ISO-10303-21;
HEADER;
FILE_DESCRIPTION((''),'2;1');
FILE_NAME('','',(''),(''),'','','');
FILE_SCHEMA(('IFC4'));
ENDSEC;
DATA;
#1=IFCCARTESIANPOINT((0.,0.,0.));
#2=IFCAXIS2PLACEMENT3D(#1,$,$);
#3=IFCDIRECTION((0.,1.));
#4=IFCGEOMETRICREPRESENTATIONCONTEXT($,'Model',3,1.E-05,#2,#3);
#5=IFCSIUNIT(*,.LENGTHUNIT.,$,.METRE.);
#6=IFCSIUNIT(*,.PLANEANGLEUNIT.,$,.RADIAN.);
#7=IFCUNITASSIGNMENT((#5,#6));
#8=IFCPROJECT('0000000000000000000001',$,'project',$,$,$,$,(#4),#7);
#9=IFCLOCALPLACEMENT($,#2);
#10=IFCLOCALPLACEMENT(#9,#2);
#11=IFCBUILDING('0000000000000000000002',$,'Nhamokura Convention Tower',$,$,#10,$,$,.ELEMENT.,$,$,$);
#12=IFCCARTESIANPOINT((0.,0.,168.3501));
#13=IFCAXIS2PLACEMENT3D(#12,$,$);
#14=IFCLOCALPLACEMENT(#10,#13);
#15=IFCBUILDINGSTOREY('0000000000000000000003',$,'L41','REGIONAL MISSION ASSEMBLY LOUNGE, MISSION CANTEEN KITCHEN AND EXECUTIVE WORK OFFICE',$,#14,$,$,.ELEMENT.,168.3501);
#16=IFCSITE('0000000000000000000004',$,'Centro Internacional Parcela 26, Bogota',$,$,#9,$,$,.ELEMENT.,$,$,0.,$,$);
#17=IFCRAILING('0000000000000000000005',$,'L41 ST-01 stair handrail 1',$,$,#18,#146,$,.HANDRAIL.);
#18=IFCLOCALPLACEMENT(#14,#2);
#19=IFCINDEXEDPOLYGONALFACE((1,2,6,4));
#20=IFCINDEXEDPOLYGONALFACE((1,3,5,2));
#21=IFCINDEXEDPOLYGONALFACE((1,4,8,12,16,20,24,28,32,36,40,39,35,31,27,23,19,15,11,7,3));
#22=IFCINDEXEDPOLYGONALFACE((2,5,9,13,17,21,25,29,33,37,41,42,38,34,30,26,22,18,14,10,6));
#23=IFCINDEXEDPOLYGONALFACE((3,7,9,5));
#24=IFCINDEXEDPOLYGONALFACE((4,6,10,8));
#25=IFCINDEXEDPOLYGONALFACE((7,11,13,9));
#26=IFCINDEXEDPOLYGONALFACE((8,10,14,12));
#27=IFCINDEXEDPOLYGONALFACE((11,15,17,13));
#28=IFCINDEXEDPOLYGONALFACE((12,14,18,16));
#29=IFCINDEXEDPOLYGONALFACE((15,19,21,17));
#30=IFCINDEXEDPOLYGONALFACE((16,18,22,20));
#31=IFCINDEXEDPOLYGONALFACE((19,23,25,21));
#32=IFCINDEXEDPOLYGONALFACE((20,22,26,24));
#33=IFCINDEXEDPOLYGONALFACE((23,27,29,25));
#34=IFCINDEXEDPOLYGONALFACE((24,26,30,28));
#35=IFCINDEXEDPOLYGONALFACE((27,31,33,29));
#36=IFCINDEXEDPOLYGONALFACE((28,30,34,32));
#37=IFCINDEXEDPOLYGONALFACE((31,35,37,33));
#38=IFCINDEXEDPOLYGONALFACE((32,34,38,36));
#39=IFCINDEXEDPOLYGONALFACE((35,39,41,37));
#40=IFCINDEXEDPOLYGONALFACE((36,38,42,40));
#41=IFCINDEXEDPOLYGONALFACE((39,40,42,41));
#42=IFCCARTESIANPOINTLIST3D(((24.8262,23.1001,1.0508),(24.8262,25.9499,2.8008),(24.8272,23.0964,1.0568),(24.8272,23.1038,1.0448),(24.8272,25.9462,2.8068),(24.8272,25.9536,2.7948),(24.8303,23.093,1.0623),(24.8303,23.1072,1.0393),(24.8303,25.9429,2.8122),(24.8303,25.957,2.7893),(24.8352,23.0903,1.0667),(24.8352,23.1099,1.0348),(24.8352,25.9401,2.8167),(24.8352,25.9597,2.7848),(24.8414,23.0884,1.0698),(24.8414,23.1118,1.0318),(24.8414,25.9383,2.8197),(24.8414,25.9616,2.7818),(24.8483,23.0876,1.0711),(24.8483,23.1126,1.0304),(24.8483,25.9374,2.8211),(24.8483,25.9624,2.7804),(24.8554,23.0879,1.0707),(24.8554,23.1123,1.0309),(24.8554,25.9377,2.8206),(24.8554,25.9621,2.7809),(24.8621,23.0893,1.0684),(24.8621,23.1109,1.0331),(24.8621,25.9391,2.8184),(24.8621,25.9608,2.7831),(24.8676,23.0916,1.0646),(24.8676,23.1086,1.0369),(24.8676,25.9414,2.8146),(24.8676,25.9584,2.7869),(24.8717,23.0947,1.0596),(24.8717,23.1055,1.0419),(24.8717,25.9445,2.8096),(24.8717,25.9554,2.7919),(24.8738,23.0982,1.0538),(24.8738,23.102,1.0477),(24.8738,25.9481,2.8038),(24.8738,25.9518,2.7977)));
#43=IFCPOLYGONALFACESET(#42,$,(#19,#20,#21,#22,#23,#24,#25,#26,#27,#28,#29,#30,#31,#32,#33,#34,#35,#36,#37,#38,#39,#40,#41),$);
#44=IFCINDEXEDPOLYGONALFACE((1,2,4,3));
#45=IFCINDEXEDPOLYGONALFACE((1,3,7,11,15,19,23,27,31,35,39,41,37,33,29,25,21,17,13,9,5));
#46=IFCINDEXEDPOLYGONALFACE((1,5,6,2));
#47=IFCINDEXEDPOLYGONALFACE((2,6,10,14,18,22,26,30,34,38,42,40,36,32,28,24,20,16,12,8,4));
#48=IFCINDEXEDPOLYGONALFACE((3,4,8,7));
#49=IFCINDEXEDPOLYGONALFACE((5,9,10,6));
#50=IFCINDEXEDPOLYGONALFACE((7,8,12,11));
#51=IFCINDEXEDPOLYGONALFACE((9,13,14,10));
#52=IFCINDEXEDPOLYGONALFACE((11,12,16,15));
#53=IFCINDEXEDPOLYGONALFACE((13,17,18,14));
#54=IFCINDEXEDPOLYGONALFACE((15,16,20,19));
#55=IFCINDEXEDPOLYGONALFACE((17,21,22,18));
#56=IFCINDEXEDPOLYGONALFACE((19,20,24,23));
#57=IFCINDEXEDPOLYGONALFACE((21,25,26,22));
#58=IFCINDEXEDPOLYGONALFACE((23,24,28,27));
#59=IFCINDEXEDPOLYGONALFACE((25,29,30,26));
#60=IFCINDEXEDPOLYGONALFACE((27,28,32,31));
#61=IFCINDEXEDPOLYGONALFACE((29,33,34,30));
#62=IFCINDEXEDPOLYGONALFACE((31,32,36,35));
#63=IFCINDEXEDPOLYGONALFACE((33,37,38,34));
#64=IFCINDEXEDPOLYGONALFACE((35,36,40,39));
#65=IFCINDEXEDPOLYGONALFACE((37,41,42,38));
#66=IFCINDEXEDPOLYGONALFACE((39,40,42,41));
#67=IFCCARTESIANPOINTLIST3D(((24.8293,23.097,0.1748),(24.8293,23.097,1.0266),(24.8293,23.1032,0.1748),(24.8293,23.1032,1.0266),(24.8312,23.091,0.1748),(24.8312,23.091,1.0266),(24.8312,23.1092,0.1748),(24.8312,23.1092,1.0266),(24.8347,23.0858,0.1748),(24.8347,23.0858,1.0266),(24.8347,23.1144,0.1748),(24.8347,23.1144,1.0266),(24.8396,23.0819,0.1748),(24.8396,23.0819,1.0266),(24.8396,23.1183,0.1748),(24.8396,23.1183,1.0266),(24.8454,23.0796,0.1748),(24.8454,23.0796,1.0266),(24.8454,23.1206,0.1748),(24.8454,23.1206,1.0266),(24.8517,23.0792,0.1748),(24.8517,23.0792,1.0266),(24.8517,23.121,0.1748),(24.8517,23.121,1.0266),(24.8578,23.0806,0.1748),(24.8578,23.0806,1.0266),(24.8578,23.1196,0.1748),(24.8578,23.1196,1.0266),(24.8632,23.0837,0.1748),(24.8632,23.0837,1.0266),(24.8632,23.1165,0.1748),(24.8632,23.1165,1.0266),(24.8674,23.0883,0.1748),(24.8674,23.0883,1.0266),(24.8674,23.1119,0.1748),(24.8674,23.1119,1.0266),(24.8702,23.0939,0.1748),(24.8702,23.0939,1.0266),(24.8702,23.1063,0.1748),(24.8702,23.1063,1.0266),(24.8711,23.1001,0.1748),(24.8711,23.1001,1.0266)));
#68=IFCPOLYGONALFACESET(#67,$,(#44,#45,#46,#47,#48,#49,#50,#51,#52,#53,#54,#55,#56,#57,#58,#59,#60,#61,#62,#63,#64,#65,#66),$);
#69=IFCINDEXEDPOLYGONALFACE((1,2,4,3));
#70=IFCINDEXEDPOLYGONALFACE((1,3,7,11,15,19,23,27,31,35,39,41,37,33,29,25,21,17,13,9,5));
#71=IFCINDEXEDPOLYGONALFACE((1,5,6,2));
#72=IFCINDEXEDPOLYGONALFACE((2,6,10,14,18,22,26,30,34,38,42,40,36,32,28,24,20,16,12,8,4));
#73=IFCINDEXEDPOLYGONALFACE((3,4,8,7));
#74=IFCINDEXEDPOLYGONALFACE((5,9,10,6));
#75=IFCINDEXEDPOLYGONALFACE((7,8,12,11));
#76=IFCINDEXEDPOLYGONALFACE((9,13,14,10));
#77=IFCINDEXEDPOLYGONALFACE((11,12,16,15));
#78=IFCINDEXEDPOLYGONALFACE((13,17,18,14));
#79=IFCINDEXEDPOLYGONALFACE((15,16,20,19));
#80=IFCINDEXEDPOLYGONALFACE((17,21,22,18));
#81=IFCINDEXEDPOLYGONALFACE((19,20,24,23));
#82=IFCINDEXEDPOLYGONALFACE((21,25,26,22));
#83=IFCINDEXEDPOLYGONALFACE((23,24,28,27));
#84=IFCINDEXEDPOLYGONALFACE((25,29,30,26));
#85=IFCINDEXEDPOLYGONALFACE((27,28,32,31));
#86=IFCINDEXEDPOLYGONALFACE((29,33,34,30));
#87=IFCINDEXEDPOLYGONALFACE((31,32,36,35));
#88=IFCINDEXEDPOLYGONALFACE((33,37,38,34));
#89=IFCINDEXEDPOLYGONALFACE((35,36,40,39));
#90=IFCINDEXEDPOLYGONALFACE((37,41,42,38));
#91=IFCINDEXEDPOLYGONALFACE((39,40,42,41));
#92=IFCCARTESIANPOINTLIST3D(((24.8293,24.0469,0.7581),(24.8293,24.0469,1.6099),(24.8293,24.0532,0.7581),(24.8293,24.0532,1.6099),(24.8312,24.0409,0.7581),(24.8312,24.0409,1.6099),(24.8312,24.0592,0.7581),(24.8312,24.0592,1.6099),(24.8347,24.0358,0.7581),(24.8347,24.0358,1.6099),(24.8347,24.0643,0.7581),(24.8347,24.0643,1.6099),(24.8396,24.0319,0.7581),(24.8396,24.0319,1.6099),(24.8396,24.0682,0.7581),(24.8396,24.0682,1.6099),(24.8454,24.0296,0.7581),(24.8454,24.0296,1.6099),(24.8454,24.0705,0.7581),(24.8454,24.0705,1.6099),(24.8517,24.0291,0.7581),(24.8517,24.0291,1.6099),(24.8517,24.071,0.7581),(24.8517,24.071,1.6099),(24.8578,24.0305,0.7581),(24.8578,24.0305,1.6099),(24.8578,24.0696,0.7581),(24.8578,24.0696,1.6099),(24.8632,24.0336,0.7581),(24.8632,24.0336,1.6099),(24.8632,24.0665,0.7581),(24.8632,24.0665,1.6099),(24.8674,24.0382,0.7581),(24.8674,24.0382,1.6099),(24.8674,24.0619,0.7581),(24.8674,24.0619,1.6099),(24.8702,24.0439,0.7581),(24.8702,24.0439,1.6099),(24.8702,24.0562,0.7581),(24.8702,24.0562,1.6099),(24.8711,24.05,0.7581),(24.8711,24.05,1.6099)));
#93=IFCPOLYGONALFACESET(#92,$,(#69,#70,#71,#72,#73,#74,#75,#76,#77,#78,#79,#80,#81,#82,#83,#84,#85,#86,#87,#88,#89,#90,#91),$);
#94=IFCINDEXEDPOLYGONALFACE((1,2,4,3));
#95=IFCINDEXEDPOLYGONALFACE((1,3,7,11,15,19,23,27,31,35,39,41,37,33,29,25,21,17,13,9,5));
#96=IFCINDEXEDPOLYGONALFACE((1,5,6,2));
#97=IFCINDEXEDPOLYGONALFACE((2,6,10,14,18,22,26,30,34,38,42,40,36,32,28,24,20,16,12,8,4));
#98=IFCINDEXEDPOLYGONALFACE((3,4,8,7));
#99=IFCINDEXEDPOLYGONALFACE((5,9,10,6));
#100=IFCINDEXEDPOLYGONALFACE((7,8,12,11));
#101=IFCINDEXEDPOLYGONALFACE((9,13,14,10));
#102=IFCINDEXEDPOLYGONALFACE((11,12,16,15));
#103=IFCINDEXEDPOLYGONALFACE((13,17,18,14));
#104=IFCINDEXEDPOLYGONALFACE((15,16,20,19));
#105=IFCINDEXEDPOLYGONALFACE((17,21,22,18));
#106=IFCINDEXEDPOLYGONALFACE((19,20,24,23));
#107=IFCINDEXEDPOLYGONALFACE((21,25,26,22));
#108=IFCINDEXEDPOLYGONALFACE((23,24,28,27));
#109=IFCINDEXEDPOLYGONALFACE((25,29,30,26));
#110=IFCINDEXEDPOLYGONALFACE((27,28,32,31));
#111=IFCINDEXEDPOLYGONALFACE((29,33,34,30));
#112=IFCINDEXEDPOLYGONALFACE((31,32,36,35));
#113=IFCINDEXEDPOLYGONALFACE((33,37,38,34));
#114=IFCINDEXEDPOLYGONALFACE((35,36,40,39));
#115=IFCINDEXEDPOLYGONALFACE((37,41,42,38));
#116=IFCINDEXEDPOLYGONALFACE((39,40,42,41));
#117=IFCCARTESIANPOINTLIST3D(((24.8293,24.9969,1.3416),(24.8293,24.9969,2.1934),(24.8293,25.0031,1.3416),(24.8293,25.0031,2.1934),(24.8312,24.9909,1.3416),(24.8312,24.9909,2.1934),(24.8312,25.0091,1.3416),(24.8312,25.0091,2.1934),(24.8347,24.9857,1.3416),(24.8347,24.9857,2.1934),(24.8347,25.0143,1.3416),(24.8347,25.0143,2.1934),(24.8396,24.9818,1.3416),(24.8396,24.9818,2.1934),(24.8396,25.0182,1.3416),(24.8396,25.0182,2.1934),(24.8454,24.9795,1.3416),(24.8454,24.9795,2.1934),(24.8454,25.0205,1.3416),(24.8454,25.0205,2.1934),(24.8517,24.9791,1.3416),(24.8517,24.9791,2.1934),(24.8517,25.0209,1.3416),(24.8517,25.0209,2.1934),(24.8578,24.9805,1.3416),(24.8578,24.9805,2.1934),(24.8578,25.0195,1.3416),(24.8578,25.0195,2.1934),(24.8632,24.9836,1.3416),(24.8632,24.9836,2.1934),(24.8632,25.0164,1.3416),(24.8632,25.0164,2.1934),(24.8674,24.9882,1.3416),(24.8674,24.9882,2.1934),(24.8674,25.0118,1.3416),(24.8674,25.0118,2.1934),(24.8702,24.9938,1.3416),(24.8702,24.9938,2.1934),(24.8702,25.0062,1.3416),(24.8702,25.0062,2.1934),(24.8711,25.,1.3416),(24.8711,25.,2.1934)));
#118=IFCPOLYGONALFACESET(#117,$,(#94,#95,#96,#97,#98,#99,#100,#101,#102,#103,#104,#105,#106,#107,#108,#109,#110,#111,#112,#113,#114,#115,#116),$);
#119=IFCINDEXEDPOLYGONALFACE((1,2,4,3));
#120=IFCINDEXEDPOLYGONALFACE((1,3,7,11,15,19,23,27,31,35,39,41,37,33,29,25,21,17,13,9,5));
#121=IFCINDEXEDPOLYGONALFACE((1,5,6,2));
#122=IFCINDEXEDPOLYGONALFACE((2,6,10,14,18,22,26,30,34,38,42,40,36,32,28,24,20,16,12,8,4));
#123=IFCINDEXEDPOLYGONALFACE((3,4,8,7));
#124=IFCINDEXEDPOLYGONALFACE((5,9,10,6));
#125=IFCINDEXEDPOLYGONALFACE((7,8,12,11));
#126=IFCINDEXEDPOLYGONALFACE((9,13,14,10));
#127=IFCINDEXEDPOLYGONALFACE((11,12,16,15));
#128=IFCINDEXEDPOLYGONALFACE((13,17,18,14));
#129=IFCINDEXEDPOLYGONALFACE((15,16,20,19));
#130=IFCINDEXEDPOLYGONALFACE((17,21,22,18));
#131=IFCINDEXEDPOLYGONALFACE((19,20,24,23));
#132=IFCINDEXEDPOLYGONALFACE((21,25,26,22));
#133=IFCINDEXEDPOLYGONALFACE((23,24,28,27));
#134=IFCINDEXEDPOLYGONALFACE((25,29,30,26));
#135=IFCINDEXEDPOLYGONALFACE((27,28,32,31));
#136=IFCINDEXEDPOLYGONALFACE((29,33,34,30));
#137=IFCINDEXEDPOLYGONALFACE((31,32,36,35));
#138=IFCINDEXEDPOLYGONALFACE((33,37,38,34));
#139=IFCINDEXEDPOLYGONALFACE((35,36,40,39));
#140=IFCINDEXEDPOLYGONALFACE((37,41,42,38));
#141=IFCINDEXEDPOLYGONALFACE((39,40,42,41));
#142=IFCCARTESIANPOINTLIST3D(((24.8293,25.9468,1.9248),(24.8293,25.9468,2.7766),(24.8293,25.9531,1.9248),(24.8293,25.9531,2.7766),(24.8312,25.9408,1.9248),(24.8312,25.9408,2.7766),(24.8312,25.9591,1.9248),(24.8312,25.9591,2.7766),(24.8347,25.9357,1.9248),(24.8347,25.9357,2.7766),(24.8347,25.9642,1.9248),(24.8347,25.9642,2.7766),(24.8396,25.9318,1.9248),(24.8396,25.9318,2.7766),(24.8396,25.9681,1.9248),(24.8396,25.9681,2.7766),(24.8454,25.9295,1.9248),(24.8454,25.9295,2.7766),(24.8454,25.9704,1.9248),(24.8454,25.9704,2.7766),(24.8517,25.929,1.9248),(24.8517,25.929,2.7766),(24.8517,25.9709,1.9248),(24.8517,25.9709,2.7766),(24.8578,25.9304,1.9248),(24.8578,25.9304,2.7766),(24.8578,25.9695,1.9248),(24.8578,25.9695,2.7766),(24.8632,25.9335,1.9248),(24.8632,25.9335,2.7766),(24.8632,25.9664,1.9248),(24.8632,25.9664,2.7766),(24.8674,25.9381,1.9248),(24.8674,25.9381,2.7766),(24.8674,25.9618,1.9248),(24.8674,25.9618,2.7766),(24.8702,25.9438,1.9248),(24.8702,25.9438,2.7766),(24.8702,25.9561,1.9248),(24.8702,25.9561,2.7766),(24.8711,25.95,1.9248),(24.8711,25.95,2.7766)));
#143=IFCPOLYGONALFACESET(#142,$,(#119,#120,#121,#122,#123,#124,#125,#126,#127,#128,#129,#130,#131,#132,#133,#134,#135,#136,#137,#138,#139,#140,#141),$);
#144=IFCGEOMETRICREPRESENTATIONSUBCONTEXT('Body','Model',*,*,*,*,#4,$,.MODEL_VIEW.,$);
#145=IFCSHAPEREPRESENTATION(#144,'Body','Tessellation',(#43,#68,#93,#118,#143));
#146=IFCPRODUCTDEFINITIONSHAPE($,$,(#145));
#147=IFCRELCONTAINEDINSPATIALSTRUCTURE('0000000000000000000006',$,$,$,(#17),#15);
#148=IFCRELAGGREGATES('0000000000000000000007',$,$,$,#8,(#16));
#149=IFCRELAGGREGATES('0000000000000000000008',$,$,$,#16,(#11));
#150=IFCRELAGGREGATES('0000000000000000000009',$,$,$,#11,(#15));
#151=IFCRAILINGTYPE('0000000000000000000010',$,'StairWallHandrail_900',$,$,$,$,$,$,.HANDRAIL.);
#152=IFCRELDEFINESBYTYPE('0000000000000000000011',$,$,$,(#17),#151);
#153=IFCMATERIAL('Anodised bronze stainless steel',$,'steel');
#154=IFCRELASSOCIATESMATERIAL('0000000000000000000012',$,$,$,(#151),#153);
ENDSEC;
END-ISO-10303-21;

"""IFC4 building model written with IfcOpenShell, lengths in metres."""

from ifc_helpers import new_model, si_unit, direction, frame, origin, origin_2d, place, context, subcontext, project, spatial, circle, extrude, material, type_object, element, save


model = new_model("IFC4")

# Units and contexts
model_context = context("Model", 3, precision=1e-05, world=origin(), true_north=direction((0.0, 1.0)))
body_context = subcontext(model_context, "Body", "Model", "MODEL_VIEW")
ifc_project = project(units=[si_unit("LENGTHUNIT", "METRE"), si_unit("PLANEANGLEUNIT", "RADIAN")], contexts=[model_context])

# Site, building, storey
site_placement = place(None, origin())
site = spatial("IfcSite", under=ifc_project, at=site_placement, Name="Centro Internacional Parcela 26, Bogota", CompositionType="ELEMENT", RefElevation=0.0)
building_placement = place(site_placement, origin())
building = spatial("IfcBuilding", under=site, at=building_placement, Name="Nhamokura Convention Tower", CompositionType="ELEMENT")
storey_placement = place(building_placement, frame((0.0, 0.0, 168.3501)))
storey = spatial("IfcBuildingStorey", under=building, at=storey_placement, Name="L41", Description="REGIONAL MISSION ASSEMBLY LOUNGE, MISSION CANTEEN KITCHEN AND EXECUTIVE WORK OFFICE", CompositionType="ELEMENT", Elevation=168.3501)

# Railing
ifc_material_1 = material(Name="Anodised bronze stainless steel", Category="steel")
railing_type_1 = type_object("IfcRailingType", Name="StairWallHandrail_900", PredefinedType="HANDRAIL", material=ifc_material_1)
railing_1_placement = place(storey_placement, frame((24.8501, 23.1001, 0.1748)))
element("IfcRailing", 1, at=railing_1_placement, inside=storey, type_object=railing_type_1, Name="L41 ST-01 stair handrail 1", PredefinedType="HANDRAIL", context=body_context, shape_type="SweptSolid", body=[
    extrude(circle(Radius=0.0239, at=origin_2d()), frame((0.0, 0.0, 0.876), z_axis=(0.0, 0.852159, 0.523283), x_axis=(-1.0, 0.0, 0.0)), (0.0, 0.0, 1.0), 3.3442),
    extrude(circle(Radius=0.021, at=origin_2d()), origin(), (0.0, 0.0, 1.0), 0.8518),
    extrude(circle(Radius=0.021, at=origin_2d()), frame((0.0, 0.95, 0.5833)), (0.0, 0.0, 1.0), 0.8518),
    extrude(circle(Radius=0.021, at=origin_2d()), frame((0.0, 1.8999, 1.1667)), (0.0, 0.0, 1.0), 0.8518),
    extrude(circle(Radius=0.021, at=origin_2d()), frame((0.0, 2.8499, 1.75)), (0.0, 0.0, 1.0), 0.8518),
])

save(model, "model.ifc")
